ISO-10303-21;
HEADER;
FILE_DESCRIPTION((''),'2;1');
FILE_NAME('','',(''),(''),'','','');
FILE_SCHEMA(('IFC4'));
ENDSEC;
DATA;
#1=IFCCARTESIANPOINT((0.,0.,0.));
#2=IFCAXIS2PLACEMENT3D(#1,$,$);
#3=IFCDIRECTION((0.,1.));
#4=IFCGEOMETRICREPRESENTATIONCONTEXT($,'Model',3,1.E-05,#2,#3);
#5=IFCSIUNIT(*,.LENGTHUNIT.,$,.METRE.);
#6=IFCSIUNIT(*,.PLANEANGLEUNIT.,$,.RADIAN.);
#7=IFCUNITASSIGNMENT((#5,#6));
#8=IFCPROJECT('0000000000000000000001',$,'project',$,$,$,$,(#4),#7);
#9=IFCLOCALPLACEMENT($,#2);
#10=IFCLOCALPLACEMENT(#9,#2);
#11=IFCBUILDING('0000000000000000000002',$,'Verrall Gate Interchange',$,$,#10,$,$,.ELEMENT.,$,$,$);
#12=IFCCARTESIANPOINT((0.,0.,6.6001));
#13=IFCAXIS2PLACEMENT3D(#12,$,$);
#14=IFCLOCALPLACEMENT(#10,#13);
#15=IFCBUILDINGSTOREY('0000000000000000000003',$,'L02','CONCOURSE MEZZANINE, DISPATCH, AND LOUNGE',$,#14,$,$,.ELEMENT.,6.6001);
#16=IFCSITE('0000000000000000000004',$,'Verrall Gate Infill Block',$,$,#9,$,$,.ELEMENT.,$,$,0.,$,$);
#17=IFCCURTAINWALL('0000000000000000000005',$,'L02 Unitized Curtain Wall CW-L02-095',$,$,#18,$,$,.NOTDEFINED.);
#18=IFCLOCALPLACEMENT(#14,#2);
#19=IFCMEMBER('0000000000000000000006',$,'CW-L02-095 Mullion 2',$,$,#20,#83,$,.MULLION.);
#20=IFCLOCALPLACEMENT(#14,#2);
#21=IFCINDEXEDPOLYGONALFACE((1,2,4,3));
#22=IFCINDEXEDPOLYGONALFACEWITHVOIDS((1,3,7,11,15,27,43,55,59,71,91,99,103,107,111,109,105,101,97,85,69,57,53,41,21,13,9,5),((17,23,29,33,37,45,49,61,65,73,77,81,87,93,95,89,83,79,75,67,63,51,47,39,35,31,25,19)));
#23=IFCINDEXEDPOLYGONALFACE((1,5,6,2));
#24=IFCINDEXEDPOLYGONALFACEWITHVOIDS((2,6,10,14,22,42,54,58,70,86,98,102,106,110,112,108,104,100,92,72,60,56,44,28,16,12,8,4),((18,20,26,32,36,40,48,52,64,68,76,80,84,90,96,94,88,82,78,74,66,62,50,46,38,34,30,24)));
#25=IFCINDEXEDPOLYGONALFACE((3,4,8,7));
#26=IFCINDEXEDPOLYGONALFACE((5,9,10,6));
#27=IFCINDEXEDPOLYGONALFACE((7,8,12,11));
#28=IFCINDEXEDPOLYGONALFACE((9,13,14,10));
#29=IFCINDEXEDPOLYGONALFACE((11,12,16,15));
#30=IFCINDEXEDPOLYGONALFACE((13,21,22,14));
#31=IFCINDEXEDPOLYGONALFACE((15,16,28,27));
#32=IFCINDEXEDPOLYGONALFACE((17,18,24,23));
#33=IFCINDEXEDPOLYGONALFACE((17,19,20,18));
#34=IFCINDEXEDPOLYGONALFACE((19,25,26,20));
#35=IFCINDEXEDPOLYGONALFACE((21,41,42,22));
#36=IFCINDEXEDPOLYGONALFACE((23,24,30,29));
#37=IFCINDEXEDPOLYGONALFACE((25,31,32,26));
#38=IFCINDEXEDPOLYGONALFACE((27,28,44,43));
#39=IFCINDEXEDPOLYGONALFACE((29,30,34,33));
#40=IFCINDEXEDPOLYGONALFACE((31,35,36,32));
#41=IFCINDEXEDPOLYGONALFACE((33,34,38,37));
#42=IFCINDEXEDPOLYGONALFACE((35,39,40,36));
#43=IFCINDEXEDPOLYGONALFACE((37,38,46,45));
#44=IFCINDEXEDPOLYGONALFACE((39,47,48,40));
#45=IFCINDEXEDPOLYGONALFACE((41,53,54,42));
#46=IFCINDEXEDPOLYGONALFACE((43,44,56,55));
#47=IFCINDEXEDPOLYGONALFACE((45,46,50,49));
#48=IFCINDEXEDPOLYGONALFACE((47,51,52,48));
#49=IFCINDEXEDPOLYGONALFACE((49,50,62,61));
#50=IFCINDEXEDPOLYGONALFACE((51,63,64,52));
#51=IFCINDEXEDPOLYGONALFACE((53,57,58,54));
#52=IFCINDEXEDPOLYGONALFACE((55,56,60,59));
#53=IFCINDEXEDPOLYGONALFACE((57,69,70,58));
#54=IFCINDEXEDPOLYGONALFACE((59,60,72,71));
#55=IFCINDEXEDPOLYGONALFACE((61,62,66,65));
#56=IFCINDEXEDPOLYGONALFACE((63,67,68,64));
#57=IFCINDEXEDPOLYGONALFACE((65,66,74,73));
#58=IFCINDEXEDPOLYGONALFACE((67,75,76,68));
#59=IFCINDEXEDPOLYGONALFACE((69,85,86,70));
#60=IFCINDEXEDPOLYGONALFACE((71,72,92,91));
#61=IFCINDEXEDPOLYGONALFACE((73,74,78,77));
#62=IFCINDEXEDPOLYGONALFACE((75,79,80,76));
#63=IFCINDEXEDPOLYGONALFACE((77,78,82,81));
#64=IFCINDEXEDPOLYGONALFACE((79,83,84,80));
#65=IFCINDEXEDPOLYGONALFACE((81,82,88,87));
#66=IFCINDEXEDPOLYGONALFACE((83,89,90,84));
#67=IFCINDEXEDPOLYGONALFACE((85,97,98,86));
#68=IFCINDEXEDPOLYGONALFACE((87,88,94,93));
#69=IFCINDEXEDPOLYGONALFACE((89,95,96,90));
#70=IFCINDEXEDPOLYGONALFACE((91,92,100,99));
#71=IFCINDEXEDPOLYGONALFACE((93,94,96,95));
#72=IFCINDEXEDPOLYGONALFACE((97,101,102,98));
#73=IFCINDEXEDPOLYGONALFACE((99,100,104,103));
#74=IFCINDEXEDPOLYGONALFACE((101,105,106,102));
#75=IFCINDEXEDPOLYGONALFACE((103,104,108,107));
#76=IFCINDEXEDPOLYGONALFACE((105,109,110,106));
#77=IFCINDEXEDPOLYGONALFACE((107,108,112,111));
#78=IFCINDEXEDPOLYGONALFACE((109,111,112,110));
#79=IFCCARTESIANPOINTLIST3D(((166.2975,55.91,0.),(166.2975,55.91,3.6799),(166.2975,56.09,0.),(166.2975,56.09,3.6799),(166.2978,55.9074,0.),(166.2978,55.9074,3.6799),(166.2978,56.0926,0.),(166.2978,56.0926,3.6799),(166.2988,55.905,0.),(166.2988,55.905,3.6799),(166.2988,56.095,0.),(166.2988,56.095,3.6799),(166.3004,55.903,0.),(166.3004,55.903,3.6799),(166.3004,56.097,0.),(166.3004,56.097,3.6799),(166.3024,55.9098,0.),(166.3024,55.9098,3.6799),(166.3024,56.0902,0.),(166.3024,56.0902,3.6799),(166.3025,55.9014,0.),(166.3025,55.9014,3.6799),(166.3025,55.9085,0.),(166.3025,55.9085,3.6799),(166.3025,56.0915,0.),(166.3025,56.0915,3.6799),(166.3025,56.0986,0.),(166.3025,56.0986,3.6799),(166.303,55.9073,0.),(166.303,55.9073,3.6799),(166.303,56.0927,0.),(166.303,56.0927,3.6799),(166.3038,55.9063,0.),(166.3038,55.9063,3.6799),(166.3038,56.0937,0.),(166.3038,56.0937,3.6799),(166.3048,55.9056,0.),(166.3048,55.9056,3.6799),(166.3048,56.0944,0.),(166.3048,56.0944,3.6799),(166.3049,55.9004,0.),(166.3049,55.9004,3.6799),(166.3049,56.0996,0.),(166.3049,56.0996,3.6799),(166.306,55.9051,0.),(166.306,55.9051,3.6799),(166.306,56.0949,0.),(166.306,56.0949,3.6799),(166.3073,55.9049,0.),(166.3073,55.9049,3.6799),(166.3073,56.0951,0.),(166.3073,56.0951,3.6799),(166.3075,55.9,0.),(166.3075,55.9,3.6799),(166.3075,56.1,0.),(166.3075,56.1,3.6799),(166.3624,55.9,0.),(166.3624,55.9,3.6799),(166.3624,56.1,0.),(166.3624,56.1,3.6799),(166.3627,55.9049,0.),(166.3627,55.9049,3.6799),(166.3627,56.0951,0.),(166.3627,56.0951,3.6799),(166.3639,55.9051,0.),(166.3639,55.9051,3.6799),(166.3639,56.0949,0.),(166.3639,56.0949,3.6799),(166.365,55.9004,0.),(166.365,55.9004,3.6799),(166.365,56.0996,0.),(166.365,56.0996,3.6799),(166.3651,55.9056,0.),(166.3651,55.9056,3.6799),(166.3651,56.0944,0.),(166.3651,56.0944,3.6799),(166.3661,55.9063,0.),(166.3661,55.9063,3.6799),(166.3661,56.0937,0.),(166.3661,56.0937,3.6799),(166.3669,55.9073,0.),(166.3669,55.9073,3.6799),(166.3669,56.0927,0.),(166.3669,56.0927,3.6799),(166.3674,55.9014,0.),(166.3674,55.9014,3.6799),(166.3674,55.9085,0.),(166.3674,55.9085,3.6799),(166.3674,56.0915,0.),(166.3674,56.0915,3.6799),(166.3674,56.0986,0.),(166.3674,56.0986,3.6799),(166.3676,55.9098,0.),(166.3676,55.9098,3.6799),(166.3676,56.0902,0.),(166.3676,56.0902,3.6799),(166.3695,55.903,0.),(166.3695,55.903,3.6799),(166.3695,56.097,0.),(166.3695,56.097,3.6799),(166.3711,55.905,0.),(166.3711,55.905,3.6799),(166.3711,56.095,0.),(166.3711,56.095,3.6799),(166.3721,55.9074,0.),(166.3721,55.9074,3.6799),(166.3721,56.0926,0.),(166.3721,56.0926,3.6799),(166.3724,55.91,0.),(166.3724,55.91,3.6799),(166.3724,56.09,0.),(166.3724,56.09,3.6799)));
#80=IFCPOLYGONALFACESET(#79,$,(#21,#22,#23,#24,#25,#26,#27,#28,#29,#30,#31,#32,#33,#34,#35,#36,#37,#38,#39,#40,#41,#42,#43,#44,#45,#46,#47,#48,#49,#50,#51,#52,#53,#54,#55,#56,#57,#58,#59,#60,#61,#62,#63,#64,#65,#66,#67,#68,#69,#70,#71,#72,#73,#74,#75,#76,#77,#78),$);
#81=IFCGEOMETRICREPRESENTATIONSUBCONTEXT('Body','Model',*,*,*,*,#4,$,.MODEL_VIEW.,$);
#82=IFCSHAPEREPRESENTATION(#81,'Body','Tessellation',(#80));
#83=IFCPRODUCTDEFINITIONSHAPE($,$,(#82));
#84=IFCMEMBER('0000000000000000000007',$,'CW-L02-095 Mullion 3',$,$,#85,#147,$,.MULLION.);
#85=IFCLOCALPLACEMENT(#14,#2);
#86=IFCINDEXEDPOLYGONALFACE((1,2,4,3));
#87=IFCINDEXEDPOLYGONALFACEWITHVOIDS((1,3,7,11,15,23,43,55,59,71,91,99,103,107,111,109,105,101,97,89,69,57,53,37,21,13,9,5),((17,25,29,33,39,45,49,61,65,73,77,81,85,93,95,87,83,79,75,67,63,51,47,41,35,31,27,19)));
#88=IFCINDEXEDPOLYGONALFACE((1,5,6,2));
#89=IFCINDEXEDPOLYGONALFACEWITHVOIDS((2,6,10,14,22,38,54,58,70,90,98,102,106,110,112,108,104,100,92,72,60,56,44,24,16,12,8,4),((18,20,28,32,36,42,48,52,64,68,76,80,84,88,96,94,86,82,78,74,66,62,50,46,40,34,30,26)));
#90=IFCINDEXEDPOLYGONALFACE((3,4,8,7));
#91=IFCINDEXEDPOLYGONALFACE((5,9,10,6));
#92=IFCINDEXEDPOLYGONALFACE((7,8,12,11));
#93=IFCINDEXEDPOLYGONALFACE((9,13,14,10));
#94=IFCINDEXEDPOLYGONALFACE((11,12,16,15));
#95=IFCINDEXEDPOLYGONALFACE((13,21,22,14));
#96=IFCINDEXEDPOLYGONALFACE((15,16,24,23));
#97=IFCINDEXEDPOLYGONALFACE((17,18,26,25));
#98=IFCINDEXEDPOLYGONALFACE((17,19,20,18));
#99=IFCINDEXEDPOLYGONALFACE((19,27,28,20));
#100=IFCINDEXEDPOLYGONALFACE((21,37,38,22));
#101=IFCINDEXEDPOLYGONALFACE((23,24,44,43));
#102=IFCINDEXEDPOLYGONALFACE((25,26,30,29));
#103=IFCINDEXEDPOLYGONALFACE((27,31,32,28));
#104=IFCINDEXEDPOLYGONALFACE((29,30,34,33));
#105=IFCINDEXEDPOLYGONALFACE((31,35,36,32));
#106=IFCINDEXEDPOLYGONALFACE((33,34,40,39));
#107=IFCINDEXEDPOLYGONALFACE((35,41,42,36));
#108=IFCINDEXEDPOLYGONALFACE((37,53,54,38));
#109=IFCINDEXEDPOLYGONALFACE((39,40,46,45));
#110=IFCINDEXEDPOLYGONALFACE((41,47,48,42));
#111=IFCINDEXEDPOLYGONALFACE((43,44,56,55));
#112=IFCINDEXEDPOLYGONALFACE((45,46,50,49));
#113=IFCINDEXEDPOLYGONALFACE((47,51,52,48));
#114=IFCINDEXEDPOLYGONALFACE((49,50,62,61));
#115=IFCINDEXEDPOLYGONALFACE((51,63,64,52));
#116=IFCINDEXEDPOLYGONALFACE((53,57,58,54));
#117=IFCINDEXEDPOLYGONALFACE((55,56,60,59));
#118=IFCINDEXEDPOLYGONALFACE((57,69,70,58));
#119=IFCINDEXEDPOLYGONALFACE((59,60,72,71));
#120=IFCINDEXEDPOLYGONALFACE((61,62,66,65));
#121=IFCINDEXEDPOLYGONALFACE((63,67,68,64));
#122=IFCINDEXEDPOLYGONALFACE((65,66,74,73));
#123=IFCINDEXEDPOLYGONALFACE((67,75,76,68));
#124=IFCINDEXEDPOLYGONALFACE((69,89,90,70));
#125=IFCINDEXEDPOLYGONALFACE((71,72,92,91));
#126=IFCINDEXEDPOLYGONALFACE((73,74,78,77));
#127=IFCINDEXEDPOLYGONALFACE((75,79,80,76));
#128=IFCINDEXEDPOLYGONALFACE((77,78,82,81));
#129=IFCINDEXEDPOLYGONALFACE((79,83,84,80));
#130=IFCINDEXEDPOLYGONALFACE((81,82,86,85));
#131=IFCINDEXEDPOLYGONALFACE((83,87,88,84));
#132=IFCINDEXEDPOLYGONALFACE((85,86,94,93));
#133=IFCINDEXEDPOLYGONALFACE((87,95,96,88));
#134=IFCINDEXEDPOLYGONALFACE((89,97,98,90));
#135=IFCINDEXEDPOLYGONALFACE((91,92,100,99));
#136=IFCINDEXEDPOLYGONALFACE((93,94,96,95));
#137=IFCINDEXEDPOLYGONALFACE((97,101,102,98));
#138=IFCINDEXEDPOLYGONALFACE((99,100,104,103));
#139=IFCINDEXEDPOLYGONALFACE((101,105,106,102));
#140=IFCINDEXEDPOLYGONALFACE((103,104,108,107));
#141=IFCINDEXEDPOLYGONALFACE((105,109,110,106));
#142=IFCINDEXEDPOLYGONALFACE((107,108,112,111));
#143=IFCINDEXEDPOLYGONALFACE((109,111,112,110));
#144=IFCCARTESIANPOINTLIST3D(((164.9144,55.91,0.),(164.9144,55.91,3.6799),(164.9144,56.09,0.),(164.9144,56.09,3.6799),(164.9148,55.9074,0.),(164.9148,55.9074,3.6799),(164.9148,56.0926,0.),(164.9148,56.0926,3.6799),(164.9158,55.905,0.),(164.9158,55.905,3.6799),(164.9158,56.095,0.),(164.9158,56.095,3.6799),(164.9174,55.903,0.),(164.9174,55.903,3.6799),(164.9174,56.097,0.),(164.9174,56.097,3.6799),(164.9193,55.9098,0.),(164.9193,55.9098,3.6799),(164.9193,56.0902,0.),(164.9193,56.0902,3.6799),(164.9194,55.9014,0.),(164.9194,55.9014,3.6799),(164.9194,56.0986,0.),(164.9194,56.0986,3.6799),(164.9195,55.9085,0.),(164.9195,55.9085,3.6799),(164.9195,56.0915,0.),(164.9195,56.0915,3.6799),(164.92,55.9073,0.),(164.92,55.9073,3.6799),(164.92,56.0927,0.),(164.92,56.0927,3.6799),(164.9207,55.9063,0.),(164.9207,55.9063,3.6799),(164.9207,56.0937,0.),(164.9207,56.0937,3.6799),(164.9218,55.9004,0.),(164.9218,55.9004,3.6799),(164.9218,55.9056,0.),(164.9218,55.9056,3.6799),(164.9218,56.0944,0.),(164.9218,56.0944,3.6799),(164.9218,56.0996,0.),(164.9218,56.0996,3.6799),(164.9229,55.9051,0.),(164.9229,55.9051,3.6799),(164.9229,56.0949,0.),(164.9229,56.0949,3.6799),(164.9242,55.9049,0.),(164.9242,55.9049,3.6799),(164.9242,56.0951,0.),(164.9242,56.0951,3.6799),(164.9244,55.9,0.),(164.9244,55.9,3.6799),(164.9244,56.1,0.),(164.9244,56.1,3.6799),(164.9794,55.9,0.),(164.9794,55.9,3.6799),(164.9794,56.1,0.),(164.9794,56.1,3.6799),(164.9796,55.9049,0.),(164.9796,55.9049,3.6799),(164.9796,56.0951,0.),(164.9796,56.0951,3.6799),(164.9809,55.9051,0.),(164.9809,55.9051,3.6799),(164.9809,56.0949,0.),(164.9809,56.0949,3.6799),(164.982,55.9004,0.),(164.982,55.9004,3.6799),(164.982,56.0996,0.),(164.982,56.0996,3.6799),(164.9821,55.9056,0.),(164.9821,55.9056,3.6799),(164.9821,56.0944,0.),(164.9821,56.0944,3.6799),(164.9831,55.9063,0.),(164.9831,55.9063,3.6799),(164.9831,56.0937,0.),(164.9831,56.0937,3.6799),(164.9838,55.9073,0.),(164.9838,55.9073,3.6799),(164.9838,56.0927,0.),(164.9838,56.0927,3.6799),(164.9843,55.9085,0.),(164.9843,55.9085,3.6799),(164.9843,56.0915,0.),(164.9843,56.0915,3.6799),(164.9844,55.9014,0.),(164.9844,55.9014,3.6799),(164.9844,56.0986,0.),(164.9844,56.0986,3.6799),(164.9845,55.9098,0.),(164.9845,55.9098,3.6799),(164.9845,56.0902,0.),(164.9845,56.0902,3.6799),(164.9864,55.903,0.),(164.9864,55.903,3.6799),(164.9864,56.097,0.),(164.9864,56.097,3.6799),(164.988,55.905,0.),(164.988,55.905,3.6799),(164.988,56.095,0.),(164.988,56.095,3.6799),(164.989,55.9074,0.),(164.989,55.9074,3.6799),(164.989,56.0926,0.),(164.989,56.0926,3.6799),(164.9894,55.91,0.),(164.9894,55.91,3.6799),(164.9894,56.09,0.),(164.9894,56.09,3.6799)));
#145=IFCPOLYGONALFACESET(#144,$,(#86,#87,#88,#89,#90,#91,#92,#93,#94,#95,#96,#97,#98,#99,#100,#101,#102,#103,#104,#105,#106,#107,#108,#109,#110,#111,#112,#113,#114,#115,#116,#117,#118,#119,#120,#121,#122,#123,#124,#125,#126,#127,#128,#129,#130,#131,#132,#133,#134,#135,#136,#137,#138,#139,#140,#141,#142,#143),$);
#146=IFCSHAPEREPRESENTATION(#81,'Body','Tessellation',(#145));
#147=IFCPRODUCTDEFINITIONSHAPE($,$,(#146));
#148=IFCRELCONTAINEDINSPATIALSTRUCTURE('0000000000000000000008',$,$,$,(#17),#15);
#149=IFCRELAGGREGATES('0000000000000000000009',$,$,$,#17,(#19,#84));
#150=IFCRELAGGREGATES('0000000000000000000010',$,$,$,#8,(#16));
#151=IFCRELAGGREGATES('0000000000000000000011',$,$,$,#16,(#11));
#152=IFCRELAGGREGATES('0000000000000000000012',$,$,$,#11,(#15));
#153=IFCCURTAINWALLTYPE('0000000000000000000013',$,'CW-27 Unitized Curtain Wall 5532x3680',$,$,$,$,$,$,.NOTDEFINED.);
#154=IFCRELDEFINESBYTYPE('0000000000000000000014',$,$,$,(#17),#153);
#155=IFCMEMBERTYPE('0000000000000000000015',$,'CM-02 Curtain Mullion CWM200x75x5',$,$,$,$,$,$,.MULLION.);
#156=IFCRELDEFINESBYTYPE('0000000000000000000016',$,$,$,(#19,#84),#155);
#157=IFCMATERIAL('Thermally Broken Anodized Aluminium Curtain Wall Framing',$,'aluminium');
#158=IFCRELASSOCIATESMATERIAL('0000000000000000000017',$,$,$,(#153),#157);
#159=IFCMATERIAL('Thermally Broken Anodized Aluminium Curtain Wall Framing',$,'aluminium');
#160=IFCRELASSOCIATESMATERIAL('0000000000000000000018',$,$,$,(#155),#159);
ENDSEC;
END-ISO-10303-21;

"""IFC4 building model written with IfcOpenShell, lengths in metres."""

from ifc_helpers import new_model, si_unit, direction, frame, origin, origin_2d, place, context, subcontext, project, spatial, hollow_rectangle, extrude, material, material_profile, profile_set, type_object, element, aggregate, save


model = new_model("IFC4")

# Units and contexts
model_context = context("Model", 3, precision=1e-05, world=origin(), true_north=direction((0.0, 1.0)))
body_context = subcontext(model_context, "Body", "Model", "MODEL_VIEW")
ifc_project = project(units=[si_unit("LENGTHUNIT", "METRE"), si_unit("PLANEANGLEUNIT", "RADIAN")], contexts=[model_context])

# Site, building, storey
site_placement = place(None, origin())
site = spatial("IfcSite", under=ifc_project, at=site_placement, Name="Verrall Gate Infill Block", CompositionType="ELEMENT", RefElevation=0.0)
building_placement = place(site_placement, origin())
building = spatial("IfcBuilding", under=site, at=building_placement, Name="Verrall Gate Interchange", CompositionType="ELEMENT")
storey_placement = place(building_placement, frame((0.0, 0.0, 6.6001)))
storey = spatial("IfcBuildingStorey", under=building, at=storey_placement, Name="L02", Description="CONCOURSE MEZZANINE, DISPATCH, AND LOUNGE", CompositionType="ELEMENT", Elevation=6.6001)

# Curtain wall, members
ifc_material_1 = material(Name="Thermally Broken Anodized Aluminium Curtain Wall Framing", Category="aluminium")
curtain_wall_type_1 = type_object("IfcCurtainWallType", Name="CW-27 Unitized Curtain Wall 5532x3680", PredefinedType="NOTDEFINED", material=ifc_material_1)
curtain_wall_1_placement = place(storey_placement, origin())
curtain_wall_1 = element("IfcCurtainWall", 1, at=curtain_wall_1_placement, inside=storey, type_object=curtain_wall_type_1, Name="L02 Unitized Curtain Wall CW-L02-095", PredefinedType="NOTDEFINED")
ifc_material_2 = material(Name="Thermally Broken Anodized Aluminium Curtain Wall Framing", Category="aluminium")
ifc_material_profile_1 = material_profile(ifc_material_2, hollow_rectangle(XDim=0.075, YDim=0.2, WallThickness=0.0049, InnerFilletRadius=0.0049, OuterFilletRadius=0.01, at=origin_2d()), Name="CWM200x75x5")
ifc_profile_set_1 = profile_set([ifc_material_profile_1], Name="Thermally Broken Anodized Aluminium Curtain Wall Framing")
member_type_1 = type_object("IfcMemberType", Name="CM-02 Curtain Mullion CWM200x75x5", PredefinedType="MULLION", material=ifc_profile_set_1)
member_1_placement = place(storey_placement, frame((166.335, 56.0, 0.0), z_axis=(0.0, 0.0, 1.0), x_axis=(-1.0, 0.0, 0.0)))
member_1 = element("IfcMember", 2, at=member_1_placement, type_object=member_type_1, Name="CW-L02-095 Mullion 2", PredefinedType="MULLION", context=body_context, shape_type="SweptSolid", body=[
    extrude(hollow_rectangle(XDim=0.075, YDim=0.2, WallThickness=0.0049, InnerFilletRadius=0.0049, OuterFilletRadius=0.01, at=origin_2d()), origin(), (0.0, 0.0, 1.0), 3.6799),
])
member_2_placement = place(storey_placement, frame((164.9519, 56.0, 0.0), z_axis=(0.0, 0.0, 1.0), x_axis=(-1.0, 0.0, 0.0)))
member_2 = element("IfcMember", 3, at=member_2_placement, type_object=member_type_1, Name="CW-L02-095 Mullion 3", PredefinedType="MULLION", context=body_context, shape_type="SweptSolid", body=[
    extrude(hollow_rectangle(XDim=0.075, YDim=0.2, WallThickness=0.0049, InnerFilletRadius=0.0049, OuterFilletRadius=0.01, at=origin_2d()), origin(), (0.0, 0.0, 1.0), 3.6799),
])

aggregate(curtain_wall_1, [member_1, member_2])

save(model, "model.ifc")
